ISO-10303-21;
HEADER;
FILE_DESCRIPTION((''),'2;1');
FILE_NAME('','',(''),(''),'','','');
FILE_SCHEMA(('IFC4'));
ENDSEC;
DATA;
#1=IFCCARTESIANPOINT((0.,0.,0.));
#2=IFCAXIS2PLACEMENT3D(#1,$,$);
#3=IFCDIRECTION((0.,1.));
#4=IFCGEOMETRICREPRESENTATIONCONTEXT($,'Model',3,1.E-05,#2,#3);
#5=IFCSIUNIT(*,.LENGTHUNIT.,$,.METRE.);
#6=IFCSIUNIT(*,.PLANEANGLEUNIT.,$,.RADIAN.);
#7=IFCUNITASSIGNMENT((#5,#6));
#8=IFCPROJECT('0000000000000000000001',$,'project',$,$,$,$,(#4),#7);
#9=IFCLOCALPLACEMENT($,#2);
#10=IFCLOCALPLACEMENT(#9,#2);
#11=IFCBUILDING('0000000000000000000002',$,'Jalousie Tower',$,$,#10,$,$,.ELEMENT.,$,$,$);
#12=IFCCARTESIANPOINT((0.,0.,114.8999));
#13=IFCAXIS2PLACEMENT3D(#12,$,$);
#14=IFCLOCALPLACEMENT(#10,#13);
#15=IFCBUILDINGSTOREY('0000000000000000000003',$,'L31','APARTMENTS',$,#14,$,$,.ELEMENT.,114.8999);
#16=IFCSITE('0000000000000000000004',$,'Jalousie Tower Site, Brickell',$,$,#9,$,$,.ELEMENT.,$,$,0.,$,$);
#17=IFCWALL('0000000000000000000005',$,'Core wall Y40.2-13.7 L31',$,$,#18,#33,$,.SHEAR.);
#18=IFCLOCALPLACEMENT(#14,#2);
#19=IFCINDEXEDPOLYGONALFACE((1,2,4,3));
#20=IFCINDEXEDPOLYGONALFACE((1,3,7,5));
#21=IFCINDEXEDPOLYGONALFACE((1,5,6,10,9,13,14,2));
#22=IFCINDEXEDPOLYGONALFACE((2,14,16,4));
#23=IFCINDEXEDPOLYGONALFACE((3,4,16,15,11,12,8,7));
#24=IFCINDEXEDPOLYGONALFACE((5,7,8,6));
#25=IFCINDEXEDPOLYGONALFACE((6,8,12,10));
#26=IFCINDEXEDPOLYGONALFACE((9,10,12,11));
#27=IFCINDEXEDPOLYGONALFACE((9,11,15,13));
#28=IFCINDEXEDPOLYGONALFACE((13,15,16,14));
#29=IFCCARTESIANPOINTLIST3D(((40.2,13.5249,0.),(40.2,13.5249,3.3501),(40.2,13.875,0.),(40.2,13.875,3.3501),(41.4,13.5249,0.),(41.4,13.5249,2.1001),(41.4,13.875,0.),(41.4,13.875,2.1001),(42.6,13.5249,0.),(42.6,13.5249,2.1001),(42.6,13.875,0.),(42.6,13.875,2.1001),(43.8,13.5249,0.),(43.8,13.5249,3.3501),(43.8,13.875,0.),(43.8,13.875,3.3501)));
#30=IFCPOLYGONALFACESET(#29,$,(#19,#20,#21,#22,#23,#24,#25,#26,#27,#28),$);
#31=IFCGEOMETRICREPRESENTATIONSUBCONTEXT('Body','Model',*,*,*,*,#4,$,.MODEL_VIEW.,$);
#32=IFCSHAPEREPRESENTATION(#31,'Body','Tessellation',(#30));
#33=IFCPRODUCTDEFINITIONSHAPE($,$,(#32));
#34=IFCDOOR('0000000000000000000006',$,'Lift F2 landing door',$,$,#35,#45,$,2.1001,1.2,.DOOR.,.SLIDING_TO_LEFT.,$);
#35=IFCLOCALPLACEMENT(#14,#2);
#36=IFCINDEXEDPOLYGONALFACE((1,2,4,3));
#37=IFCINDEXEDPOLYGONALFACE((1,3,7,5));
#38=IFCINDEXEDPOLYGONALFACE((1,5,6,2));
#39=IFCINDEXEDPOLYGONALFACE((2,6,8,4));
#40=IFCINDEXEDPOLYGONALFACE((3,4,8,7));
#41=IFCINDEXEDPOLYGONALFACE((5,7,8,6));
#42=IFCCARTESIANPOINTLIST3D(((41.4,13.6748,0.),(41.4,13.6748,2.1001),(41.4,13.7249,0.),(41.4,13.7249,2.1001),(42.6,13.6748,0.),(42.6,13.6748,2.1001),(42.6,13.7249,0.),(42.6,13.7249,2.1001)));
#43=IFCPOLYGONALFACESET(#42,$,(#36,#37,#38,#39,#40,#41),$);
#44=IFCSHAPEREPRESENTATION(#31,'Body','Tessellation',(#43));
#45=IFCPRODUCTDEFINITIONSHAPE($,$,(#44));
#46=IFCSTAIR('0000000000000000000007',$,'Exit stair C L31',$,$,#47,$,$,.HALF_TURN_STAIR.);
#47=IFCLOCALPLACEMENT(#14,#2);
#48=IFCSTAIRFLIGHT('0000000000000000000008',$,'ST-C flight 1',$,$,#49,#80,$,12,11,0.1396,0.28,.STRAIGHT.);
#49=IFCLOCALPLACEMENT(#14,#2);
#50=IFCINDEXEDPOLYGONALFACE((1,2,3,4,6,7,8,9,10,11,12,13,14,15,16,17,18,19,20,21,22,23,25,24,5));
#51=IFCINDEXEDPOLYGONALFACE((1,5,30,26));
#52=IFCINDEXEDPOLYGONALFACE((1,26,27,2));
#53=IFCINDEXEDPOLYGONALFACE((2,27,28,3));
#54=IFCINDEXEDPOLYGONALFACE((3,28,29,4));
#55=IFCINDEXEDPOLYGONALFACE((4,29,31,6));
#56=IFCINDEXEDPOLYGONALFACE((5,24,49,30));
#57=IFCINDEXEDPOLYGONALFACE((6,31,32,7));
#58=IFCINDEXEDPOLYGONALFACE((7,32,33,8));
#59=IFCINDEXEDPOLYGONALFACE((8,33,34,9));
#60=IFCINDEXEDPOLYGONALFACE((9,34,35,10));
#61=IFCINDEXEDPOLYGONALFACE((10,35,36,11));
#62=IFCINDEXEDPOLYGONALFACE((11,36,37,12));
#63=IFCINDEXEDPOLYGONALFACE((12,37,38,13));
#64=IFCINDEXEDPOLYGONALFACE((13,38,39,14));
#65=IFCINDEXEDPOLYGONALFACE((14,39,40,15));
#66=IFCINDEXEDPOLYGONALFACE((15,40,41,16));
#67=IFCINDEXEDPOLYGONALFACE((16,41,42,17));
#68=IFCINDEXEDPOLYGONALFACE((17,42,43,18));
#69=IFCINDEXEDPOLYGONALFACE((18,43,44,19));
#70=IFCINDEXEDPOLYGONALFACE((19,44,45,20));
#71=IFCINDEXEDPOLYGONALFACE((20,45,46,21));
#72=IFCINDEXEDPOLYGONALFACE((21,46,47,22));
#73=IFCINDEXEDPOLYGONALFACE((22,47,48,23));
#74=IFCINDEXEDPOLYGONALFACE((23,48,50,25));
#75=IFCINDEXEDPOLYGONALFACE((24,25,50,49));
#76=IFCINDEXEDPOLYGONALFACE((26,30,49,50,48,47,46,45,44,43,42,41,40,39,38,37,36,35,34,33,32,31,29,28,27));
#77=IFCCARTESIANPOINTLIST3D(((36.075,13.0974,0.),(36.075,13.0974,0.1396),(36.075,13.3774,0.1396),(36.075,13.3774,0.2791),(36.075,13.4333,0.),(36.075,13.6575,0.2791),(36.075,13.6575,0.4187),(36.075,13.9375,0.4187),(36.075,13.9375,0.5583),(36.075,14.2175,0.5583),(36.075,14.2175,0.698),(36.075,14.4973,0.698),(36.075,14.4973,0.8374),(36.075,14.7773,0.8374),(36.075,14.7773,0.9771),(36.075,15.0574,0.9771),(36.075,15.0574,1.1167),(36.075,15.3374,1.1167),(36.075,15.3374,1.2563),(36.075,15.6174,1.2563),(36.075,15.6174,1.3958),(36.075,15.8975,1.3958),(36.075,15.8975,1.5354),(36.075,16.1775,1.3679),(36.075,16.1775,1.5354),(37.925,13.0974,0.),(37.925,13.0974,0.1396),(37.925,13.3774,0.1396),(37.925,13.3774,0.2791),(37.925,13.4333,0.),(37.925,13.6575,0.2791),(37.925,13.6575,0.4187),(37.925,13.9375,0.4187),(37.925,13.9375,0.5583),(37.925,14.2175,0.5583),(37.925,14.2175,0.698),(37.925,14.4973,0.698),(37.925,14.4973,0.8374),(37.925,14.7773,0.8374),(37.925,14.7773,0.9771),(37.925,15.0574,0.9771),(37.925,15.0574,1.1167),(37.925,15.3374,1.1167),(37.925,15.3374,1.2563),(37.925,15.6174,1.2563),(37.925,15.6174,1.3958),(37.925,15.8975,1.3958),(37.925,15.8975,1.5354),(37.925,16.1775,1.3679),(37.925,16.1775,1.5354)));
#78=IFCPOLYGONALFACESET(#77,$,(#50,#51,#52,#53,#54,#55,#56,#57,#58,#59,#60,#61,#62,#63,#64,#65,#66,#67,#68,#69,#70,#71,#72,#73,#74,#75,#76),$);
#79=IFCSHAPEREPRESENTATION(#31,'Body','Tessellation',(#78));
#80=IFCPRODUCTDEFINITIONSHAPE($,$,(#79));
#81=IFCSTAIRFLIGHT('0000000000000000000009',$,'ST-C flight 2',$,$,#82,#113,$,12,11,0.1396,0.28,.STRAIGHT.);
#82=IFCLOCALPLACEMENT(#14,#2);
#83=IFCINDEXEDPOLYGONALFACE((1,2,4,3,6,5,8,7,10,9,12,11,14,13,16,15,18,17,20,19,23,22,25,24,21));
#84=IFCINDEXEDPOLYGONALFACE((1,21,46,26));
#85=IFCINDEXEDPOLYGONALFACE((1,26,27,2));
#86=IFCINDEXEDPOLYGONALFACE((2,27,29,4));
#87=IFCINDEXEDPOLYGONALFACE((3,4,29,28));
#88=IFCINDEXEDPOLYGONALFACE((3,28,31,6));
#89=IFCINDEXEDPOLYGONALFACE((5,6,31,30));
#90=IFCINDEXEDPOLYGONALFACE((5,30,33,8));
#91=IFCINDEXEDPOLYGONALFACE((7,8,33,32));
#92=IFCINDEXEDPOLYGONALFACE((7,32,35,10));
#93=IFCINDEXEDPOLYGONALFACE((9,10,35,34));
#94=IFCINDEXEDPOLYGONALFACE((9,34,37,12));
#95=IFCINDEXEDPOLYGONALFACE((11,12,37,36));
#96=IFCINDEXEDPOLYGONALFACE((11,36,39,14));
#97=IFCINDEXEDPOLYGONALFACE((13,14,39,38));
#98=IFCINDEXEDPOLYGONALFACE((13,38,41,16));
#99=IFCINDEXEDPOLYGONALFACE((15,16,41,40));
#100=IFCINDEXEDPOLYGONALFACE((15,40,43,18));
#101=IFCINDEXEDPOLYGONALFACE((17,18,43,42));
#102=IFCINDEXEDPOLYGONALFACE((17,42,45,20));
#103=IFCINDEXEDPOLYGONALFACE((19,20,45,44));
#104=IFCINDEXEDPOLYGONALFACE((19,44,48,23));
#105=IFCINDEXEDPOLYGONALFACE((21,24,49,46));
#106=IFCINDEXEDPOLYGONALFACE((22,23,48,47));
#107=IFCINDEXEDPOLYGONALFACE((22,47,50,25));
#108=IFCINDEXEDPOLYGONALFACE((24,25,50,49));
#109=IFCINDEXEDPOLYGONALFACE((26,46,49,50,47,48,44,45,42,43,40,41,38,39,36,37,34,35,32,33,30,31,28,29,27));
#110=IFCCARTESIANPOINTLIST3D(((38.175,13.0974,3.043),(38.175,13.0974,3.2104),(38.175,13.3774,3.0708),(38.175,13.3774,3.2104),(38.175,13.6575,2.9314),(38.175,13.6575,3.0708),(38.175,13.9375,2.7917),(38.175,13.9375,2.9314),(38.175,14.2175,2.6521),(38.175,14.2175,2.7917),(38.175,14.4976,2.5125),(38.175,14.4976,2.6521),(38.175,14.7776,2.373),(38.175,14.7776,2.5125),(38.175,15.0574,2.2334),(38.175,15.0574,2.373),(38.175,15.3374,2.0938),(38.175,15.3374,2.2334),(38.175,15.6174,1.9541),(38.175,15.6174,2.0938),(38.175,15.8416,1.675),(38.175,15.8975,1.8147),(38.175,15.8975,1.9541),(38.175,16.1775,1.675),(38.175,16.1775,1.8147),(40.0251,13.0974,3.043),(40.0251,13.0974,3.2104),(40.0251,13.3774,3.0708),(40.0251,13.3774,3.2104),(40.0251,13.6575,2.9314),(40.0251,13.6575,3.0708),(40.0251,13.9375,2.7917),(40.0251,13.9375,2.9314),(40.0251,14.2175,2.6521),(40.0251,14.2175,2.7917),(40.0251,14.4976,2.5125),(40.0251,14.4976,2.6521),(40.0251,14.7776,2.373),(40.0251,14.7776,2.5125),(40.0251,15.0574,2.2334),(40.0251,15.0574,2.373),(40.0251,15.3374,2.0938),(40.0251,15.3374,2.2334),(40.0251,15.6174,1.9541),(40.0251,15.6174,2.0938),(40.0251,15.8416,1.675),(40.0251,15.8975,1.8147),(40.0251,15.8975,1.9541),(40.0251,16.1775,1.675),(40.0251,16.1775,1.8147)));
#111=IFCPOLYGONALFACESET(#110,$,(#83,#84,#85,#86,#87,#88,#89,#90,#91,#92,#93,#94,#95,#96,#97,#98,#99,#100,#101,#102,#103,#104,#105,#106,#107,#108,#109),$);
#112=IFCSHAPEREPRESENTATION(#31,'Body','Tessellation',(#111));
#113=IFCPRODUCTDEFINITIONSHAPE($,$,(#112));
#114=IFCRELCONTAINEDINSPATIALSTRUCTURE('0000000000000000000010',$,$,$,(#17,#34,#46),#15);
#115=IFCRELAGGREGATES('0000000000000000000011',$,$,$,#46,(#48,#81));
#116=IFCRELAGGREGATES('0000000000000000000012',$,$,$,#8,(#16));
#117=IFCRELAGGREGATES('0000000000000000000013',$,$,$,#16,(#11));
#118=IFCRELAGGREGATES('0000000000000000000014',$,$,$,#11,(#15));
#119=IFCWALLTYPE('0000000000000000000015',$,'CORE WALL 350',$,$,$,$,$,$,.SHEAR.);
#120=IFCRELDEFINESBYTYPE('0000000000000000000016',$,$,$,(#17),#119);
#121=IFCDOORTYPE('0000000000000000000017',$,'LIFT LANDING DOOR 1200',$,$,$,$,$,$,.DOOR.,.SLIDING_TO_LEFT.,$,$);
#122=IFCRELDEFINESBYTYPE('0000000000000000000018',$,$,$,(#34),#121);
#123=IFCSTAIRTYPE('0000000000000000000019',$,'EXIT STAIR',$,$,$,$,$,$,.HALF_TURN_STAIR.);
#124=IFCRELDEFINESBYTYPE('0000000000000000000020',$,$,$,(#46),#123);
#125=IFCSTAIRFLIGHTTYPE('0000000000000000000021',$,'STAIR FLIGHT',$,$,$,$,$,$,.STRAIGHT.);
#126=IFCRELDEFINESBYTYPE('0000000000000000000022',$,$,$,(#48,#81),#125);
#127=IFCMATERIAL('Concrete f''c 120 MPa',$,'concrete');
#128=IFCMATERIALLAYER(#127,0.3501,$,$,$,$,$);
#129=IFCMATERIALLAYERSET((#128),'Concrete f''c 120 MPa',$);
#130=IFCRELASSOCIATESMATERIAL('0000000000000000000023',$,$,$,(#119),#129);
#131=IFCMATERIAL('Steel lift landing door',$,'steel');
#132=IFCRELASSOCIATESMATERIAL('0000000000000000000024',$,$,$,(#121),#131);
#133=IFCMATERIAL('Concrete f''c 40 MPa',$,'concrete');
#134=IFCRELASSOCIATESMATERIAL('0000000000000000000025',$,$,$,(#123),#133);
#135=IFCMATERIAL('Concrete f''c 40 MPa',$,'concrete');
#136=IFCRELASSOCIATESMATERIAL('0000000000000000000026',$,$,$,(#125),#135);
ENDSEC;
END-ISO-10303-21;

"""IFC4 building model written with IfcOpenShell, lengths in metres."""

from ifc_helpers import new_model, si_unit, direction, frame, frame_2d, origin, place, context, subcontext, project, spatial, polyline, rectangle, outline, extrude, material, layer, layer_set, type_object, element, fill, aggregate, save


model = new_model("IFC4")

# Units and contexts
model_context = context("Model", 3, precision=1e-05, world=origin(), true_north=direction((0.0, 1.0)))
body_context = subcontext(model_context, "Body", "Model", "MODEL_VIEW")
ifc_project = project(units=[si_unit("LENGTHUNIT", "METRE"), si_unit("PLANEANGLEUNIT", "RADIAN")], contexts=[model_context])

# Site, building, storey
site_placement = place(None, origin())
site = spatial("IfcSite", under=ifc_project, at=site_placement, Name="Jalousie Tower Site, Brickell", CompositionType="ELEMENT", RefElevation=0.0)
building_placement = place(site_placement, origin())
building = spatial("IfcBuilding", under=site, at=building_placement, Name="Jalousie Tower", CompositionType="ELEMENT")
storey_placement = place(building_placement, frame((0.0, 0.0, 114.8999)))
storey = spatial("IfcBuildingStorey", under=building, at=storey_placement, Name="L31", Description="APARTMENTS", CompositionType="ELEMENT", Elevation=114.8999)

# Shared definitions
ifc_material_1 = material(Name="Concrete f'c 120 MPa", Category="concrete")
ifc_layer = layer(ifc_material_1, 0.3501)
ifc_layer_set = layer_set([ifc_layer], Name="Concrete f'c 120 MPa")
wall_type = type_object("IfcWallType", Name="CORE WALL 350", PredefinedType="SHEAR", material=ifc_layer_set)

# Wall, opening, door
wall_1_placement = place(storey_placement, frame((40.2, 13.7, 0.0), z_axis=(0.0, 0.0, 1.0), x_axis=(1.0, 0.0, 0.0)))
wall_1 = element("IfcWall", 1, at=wall_1_placement, inside=storey, type_object=wall_type, Name="Core wall Y40.2-13.7 L31", PredefinedType="SHEAR", context=body_context, shape_type="SweptSolid", body=[
    extrude(rectangle(XDim=3.6001, YDim=0.3501, at=frame_2d((1.8, 0.0))), origin(), (0.0, 0.0, 1.0), 3.3501),
])
opening_1_placement = place(wall_1_placement, frame((1.2, 0.0, 0.0)))
opening_1 = element("IfcOpeningElement", 2, at=opening_1_placement, cuts=wall_1, PredefinedType="OPENING", context=body_context, shape_type="SweptSolid", body=[
    extrude(rectangle(XDim=1.2, YDim=2.1001, at=frame_2d((0.6001, 1.05))), frame((0.0, 0.1851, 0.0), z_axis=(0.0, -1.0, 0.0), x_axis=(1.0, 0.0, 0.0)), (0.0, 0.0, 1.0), 0.3701),
])
ifc_material_2 = material(Name="Steel lift landing door", Category="steel")
door_type_1 = type_object("IfcDoorType", Name="LIFT LANDING DOOR 1200", OperationType="SLIDING_TO_LEFT", PredefinedType="DOOR", material=ifc_material_2)
door_1_placement = place(opening_1_placement, origin())
door_1 = element("IfcDoor", 3, at=door_1_placement, inside=storey, type_object=door_type_1, Name="Lift F2 landing door", OperationType="SLIDING_TO_LEFT", OverallHeight=2.1001, OverallWidth=1.2, PredefinedType="DOOR", context=body_context, shape_type="SweptSolid", body=[
    extrude(rectangle(XDim=1.2, YDim=2.1001, at=frame_2d((0.6001, 1.05))), frame((0.0, 0.0249, 0.0), z_axis=(0.0, -1.0, 0.0), x_axis=(1.0, 0.0, 0.0)), (0.0, 0.0, 1.0), 0.05),
])
fill(opening_1, door_1)

# Stair, stair flights
ifc_material_3 = material(Name="Concrete f'c 40 MPa", Category="concrete")
stair_type = type_object("IfcStairType", Name="EXIT STAIR", PredefinedType="HALF_TURN_STAIR", material=ifc_material_3)
stair_placement = place(storey_placement, origin())
stair = element("IfcStair", 4, at=stair_placement, inside=storey, type_object=stair_type, Name="Exit stair C L31", PredefinedType="HALF_TURN_STAIR")
ifc_material_4 = material(Name="Concrete f'c 40 MPa", Category="concrete")
stair_flight_type = type_object("IfcStairFlightType", Name="STAIR FLIGHT", PredefinedType="STRAIGHT", material=ifc_material_4)
stair_flight_1_placement = place(storey_placement, frame((37.0, 13.0974, 0.0), z_axis=(0.0, 0.0, 1.0), x_axis=(0.0, 1.0, 0.0)))
stair_flight_1 = element("IfcStairFlight", 5, at=stair_flight_1_placement, type_object=stair_flight_type, Name="ST-C flight 1", NumberOfRisers=12, NumberOfTreads=11, PredefinedType="STRAIGHT", RiserHeight=0.1396, TreadLength=0.28, context=body_context, shape_type="SweptSolid", body=[
    extrude(outline(polyline([(0.0, 0.0), (0.0, 0.1396), (0.28, 0.1396), (0.28, 0.2791), (0.5601, 0.2791), (0.5601, 0.4187), (0.8401, 0.4187), (0.8401, 0.5583), (1.1201, 0.5583), (1.1201, 0.698), (1.3999, 0.698), (1.3999, 0.8374), (1.6799, 0.8374), (1.6799, 0.9771), (1.96, 0.9771), (1.96, 1.1167), (2.24, 1.1167), (2.24, 1.2563), (2.52, 1.2563), (2.52, 1.3958), (2.8, 1.3958), (2.8, 1.5354), (3.0801, 1.5354), (3.0801, 1.675), (3.0801, 1.3679), (0.3359, 0.0), (0.0, 0.0)])), frame((0.0, 0.925, 0.0), z_axis=(0.0, -1.0, 0.0), x_axis=(1.0, 0.0, 0.0)), (0.0, 0.0, 1.0), 1.8501),
])
stair_flight_2_placement = place(storey_placement, frame((39.1001, 16.1775, 1.675), z_axis=(0.0, 0.0, 1.0), x_axis=(0.0, -1.0, 0.0)))
stair_flight_2 = element("IfcStairFlight", 6, at=stair_flight_2_placement, type_object=stair_flight_type, Name="ST-C flight 2", NumberOfRisers=12, NumberOfTreads=11, PredefinedType="STRAIGHT", RiserHeight=0.1396, TreadLength=0.28, context=body_context, shape_type="SweptSolid", body=[
    extrude(outline(polyline([(0.0, 0.0), (0.0, 0.1396), (0.28, 0.1396), (0.28, 0.2791), (0.5601, 0.2791), (0.5601, 0.4187), (0.8401, 0.4187), (0.8401, 0.5583), (1.1201, 0.5583), (1.1201, 0.698), (1.3999, 0.698), (1.3999, 0.8374), (1.6799, 0.8374), (1.6799, 0.9771), (1.96, 0.9771), (1.96, 1.1167), (2.24, 1.1167), (2.24, 1.2563), (2.52, 1.2563), (2.52, 1.3958), (2.8, 1.3958), (2.8, 1.5354), (3.0801, 1.5354), (3.0801, 1.675), (3.0801, 1.3679), (0.3359, 0.0), (0.0, 0.0)])), frame((0.0, 0.925, 0.0), z_axis=(0.0, -1.0, 0.0), x_axis=(1.0, 0.0, 0.0)), (0.0, 0.0, 1.0), 1.8501),
])
aggregate(stair, [stair_flight_1, stair_flight_2])

save(model, "model.ifc")
